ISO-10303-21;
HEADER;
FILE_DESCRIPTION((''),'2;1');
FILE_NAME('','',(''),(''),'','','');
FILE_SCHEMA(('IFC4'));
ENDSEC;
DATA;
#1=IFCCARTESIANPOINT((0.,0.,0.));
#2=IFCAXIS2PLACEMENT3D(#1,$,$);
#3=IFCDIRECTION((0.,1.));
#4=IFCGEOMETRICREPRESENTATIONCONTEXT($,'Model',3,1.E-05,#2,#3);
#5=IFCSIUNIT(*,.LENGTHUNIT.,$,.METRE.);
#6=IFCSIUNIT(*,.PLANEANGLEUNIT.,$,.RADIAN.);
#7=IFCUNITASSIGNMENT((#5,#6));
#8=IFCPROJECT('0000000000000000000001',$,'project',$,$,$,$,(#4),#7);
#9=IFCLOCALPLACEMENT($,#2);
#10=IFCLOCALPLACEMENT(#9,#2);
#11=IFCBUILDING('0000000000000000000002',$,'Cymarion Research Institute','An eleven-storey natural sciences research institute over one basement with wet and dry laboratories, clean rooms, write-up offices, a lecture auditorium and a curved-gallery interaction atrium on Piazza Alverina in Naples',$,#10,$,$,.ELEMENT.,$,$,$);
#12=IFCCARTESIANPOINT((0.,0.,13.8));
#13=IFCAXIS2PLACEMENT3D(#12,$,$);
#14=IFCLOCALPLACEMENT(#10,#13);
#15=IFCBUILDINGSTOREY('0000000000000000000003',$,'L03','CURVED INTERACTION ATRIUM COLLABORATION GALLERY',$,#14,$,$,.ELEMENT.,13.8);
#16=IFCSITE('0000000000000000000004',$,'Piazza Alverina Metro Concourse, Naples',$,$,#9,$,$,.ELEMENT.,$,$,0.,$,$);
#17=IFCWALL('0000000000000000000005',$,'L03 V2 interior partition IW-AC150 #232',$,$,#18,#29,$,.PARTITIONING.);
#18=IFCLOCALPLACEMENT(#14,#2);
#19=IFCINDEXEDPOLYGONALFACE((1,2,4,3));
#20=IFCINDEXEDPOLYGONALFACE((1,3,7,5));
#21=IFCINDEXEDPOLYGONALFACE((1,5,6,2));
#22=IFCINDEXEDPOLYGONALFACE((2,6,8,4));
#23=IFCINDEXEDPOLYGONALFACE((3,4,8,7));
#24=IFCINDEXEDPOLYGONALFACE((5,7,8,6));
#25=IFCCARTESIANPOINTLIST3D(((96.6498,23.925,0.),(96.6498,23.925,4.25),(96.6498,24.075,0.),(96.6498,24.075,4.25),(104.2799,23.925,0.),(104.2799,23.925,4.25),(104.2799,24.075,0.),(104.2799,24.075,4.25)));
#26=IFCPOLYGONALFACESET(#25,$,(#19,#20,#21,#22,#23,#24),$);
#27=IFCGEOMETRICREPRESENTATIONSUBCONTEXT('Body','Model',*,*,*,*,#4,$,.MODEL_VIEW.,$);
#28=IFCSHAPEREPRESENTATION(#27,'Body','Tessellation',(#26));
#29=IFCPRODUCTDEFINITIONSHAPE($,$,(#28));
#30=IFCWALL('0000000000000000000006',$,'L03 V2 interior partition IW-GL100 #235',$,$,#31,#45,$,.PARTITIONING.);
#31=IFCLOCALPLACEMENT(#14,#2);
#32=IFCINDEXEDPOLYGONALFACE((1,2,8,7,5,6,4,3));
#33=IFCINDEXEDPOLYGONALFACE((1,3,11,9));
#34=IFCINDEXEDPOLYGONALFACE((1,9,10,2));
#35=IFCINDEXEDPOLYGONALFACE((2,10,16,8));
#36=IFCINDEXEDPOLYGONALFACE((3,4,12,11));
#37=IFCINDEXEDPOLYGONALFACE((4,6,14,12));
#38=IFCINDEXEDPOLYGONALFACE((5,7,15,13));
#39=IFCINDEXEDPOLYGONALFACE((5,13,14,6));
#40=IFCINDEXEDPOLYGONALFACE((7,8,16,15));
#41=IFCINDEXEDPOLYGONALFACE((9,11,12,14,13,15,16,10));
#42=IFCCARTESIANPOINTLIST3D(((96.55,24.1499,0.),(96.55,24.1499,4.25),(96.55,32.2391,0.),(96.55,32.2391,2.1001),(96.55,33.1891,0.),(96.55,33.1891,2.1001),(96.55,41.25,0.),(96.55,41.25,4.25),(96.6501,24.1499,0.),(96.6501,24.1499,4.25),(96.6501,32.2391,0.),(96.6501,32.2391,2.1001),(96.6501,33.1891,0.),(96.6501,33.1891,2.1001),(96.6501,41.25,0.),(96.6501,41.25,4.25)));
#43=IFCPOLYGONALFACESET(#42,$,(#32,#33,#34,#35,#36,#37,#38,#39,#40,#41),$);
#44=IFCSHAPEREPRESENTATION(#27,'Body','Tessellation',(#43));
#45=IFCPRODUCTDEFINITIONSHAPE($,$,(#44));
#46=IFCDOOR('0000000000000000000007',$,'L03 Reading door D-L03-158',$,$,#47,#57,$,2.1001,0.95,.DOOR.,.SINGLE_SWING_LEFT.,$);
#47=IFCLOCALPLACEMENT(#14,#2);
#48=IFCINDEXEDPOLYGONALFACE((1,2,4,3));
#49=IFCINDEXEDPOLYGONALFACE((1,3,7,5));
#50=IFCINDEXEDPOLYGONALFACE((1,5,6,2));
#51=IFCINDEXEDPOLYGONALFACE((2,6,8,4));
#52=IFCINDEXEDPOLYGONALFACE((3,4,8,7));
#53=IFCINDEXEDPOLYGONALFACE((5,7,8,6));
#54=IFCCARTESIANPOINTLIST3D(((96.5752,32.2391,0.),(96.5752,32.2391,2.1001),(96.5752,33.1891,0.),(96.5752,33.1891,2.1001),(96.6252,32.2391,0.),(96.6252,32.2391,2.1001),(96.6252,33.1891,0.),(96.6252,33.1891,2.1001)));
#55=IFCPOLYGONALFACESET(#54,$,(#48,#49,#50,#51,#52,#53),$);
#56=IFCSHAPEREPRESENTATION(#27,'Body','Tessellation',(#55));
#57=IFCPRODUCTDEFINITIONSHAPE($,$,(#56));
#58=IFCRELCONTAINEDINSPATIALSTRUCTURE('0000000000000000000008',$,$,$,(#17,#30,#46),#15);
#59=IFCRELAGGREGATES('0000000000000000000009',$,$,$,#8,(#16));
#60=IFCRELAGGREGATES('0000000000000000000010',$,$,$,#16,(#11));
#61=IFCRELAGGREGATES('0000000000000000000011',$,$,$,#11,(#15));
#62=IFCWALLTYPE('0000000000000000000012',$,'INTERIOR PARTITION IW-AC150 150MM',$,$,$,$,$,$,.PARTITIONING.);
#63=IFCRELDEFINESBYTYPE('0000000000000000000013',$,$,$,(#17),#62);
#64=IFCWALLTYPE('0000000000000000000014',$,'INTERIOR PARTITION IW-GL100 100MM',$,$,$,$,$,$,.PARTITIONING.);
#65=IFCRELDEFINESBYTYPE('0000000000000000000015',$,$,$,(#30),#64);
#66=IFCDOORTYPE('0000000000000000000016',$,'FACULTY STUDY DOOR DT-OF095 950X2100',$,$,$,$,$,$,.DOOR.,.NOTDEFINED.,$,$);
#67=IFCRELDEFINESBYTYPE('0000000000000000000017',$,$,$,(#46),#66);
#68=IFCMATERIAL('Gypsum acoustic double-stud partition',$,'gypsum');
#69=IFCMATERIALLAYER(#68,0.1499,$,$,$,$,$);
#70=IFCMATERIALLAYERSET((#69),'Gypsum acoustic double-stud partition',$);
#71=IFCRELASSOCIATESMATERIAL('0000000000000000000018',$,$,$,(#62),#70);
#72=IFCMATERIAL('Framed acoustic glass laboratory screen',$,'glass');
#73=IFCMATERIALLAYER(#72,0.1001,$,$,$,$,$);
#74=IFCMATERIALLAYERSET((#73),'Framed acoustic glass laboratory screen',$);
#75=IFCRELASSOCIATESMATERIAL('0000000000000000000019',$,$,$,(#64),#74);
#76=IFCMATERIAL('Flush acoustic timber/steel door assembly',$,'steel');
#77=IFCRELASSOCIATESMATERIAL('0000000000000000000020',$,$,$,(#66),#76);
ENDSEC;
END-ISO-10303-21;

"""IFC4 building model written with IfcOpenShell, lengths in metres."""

from ifc_helpers import new_model, si_unit, direction, frame, frame_2d, origin, place, context, subcontext, project, spatial, rectangle, extrude, material, layer, layer_set, type_object, element, fill, save


model = new_model("IFC4")

# Units and contexts
model_context = context("Model", 3, precision=1e-05, world=origin(), true_north=direction((0.0, 1.0)))
body_context = subcontext(model_context, "Body", "Model", "MODEL_VIEW")
ifc_project = project(units=[si_unit("LENGTHUNIT", "METRE"), si_unit("PLANEANGLEUNIT", "RADIAN")], contexts=[model_context])

# Site, building, storey
site_placement = place(None, origin())
site = spatial("IfcSite", under=ifc_project, at=site_placement, Name="Piazza Alverina Metro Concourse, Naples", CompositionType="ELEMENT", RefElevation=0.0)
building_placement = place(site_placement, origin())
building = spatial("IfcBuilding", under=site, at=building_placement, Name="Cymarion Research Institute", Description="An eleven-storey natural sciences research institute over one basement with wet and dry laboratories, clean rooms, write-up offices, a lecture auditorium and a curved-gallery interaction atrium on Piazza Alverina in Naples", CompositionType="ELEMENT")
storey_placement = place(building_placement, frame((0.0, 0.0, 13.8)))
storey = spatial("IfcBuildingStorey", under=building, at=storey_placement, Name="L03", Description="CURVED INTERACTION ATRIUM COLLABORATION GALLERY", CompositionType="ELEMENT", Elevation=13.8)

# Wall
ifc_material_1 = material(Name="Gypsum acoustic double-stud partition", Category="gypsum")
ifc_layer_1 = layer(ifc_material_1, 0.1499)
ifc_layer_set_1 = layer_set([ifc_layer_1], Name="Gypsum acoustic double-stud partition")
wall_type_1 = type_object("IfcWallType", Name="INTERIOR PARTITION IW-AC150 150MM", PredefinedType="PARTITIONING", material=ifc_layer_set_1)
wall_1_placement = place(storey_placement, frame((96.6499, 24.0, 0.0), z_axis=(0.0, 0.0, 1.0), x_axis=(1.0, 0.0, 0.0)))
element("IfcWall", 1, at=wall_1_placement, inside=storey, type_object=wall_type_1, Name="L03 V2 interior partition IW-AC150 #232", PredefinedType="PARTITIONING", context=body_context, shape_type="SweptSolid", body=[
    extrude(rectangle(XDim=7.6301, YDim=0.1499, at=frame_2d((3.8149, 0.0))), origin(), (0.0, 0.0, 1.0), 4.25),
])

# Wall, opening, door
ifc_material_2 = material(Name="Framed acoustic glass laboratory screen", Category="glass")
ifc_layer_2 = layer(ifc_material_2, 0.1001)
ifc_layer_set_2 = layer_set([ifc_layer_2], Name="Framed acoustic glass laboratory screen")
wall_type_2 = type_object("IfcWallType", Name="INTERIOR PARTITION IW-GL100 100MM", PredefinedType="PARTITIONING", material=ifc_layer_set_2)
wall_2_placement = place(storey_placement, frame((96.6001, 24.1499, 0.0), z_axis=(0.0, 0.0, 1.0), x_axis=(0.0, 1.0, 0.0)))
wall_2 = element("IfcWall", 2, at=wall_2_placement, inside=storey, type_object=wall_type_2, Name="L03 V2 interior partition IW-GL100 #235", PredefinedType="PARTITIONING", context=body_context, shape_type="SweptSolid", body=[
    extrude(rectangle(XDim=17.1001, YDim=0.1001, at=frame_2d((8.55, 0.0))), origin(), (0.0, 0.0, 1.0), 4.25),
])
opening_placement = place(wall_2_placement, frame((8.0891, 0.0, 0.0)))
opening = element("IfcOpeningElement", 3, at=opening_placement, cuts=wall_2, PredefinedType="OPENING", context=body_context, shape_type="SweptSolid", body=[
    extrude(rectangle(XDim=0.95, YDim=2.1001, at=frame_2d((0.4751, 1.05))), frame((0.0, 0.0601, 0.0), z_axis=(0.0, -1.0, 0.0), x_axis=(1.0, 0.0, 0.0)), (0.0, 0.0, 1.0), 0.1201),
])
ifc_material_3 = material(Name="Flush acoustic timber/steel door assembly", Category="steel")
door_type = type_object("IfcDoorType", Name="FACULTY STUDY DOOR DT-OF095 950X2100", OperationType="NOTDEFINED", PredefinedType="DOOR", material=ifc_material_3)
door_placement = place(opening_placement, origin())
door = element("IfcDoor", 4, at=door_placement, inside=storey, type_object=door_type, Name="L03 Reading door D-L03-158", OperationType="SINGLE_SWING_LEFT", OverallHeight=2.1001, OverallWidth=0.95, PredefinedType="DOOR", context=body_context, shape_type="SweptSolid", body=[
    extrude(rectangle(XDim=0.95, YDim=2.1001, at=frame_2d((0.4751, 1.05))), frame((0.0, 0.0249, 0.0), z_axis=(0.0, -1.0, 0.0), x_axis=(1.0, 0.0, 0.0)), (0.0, 0.0, 1.0), 0.05),
])
fill(opening, door)

save(model, "model.ifc")
